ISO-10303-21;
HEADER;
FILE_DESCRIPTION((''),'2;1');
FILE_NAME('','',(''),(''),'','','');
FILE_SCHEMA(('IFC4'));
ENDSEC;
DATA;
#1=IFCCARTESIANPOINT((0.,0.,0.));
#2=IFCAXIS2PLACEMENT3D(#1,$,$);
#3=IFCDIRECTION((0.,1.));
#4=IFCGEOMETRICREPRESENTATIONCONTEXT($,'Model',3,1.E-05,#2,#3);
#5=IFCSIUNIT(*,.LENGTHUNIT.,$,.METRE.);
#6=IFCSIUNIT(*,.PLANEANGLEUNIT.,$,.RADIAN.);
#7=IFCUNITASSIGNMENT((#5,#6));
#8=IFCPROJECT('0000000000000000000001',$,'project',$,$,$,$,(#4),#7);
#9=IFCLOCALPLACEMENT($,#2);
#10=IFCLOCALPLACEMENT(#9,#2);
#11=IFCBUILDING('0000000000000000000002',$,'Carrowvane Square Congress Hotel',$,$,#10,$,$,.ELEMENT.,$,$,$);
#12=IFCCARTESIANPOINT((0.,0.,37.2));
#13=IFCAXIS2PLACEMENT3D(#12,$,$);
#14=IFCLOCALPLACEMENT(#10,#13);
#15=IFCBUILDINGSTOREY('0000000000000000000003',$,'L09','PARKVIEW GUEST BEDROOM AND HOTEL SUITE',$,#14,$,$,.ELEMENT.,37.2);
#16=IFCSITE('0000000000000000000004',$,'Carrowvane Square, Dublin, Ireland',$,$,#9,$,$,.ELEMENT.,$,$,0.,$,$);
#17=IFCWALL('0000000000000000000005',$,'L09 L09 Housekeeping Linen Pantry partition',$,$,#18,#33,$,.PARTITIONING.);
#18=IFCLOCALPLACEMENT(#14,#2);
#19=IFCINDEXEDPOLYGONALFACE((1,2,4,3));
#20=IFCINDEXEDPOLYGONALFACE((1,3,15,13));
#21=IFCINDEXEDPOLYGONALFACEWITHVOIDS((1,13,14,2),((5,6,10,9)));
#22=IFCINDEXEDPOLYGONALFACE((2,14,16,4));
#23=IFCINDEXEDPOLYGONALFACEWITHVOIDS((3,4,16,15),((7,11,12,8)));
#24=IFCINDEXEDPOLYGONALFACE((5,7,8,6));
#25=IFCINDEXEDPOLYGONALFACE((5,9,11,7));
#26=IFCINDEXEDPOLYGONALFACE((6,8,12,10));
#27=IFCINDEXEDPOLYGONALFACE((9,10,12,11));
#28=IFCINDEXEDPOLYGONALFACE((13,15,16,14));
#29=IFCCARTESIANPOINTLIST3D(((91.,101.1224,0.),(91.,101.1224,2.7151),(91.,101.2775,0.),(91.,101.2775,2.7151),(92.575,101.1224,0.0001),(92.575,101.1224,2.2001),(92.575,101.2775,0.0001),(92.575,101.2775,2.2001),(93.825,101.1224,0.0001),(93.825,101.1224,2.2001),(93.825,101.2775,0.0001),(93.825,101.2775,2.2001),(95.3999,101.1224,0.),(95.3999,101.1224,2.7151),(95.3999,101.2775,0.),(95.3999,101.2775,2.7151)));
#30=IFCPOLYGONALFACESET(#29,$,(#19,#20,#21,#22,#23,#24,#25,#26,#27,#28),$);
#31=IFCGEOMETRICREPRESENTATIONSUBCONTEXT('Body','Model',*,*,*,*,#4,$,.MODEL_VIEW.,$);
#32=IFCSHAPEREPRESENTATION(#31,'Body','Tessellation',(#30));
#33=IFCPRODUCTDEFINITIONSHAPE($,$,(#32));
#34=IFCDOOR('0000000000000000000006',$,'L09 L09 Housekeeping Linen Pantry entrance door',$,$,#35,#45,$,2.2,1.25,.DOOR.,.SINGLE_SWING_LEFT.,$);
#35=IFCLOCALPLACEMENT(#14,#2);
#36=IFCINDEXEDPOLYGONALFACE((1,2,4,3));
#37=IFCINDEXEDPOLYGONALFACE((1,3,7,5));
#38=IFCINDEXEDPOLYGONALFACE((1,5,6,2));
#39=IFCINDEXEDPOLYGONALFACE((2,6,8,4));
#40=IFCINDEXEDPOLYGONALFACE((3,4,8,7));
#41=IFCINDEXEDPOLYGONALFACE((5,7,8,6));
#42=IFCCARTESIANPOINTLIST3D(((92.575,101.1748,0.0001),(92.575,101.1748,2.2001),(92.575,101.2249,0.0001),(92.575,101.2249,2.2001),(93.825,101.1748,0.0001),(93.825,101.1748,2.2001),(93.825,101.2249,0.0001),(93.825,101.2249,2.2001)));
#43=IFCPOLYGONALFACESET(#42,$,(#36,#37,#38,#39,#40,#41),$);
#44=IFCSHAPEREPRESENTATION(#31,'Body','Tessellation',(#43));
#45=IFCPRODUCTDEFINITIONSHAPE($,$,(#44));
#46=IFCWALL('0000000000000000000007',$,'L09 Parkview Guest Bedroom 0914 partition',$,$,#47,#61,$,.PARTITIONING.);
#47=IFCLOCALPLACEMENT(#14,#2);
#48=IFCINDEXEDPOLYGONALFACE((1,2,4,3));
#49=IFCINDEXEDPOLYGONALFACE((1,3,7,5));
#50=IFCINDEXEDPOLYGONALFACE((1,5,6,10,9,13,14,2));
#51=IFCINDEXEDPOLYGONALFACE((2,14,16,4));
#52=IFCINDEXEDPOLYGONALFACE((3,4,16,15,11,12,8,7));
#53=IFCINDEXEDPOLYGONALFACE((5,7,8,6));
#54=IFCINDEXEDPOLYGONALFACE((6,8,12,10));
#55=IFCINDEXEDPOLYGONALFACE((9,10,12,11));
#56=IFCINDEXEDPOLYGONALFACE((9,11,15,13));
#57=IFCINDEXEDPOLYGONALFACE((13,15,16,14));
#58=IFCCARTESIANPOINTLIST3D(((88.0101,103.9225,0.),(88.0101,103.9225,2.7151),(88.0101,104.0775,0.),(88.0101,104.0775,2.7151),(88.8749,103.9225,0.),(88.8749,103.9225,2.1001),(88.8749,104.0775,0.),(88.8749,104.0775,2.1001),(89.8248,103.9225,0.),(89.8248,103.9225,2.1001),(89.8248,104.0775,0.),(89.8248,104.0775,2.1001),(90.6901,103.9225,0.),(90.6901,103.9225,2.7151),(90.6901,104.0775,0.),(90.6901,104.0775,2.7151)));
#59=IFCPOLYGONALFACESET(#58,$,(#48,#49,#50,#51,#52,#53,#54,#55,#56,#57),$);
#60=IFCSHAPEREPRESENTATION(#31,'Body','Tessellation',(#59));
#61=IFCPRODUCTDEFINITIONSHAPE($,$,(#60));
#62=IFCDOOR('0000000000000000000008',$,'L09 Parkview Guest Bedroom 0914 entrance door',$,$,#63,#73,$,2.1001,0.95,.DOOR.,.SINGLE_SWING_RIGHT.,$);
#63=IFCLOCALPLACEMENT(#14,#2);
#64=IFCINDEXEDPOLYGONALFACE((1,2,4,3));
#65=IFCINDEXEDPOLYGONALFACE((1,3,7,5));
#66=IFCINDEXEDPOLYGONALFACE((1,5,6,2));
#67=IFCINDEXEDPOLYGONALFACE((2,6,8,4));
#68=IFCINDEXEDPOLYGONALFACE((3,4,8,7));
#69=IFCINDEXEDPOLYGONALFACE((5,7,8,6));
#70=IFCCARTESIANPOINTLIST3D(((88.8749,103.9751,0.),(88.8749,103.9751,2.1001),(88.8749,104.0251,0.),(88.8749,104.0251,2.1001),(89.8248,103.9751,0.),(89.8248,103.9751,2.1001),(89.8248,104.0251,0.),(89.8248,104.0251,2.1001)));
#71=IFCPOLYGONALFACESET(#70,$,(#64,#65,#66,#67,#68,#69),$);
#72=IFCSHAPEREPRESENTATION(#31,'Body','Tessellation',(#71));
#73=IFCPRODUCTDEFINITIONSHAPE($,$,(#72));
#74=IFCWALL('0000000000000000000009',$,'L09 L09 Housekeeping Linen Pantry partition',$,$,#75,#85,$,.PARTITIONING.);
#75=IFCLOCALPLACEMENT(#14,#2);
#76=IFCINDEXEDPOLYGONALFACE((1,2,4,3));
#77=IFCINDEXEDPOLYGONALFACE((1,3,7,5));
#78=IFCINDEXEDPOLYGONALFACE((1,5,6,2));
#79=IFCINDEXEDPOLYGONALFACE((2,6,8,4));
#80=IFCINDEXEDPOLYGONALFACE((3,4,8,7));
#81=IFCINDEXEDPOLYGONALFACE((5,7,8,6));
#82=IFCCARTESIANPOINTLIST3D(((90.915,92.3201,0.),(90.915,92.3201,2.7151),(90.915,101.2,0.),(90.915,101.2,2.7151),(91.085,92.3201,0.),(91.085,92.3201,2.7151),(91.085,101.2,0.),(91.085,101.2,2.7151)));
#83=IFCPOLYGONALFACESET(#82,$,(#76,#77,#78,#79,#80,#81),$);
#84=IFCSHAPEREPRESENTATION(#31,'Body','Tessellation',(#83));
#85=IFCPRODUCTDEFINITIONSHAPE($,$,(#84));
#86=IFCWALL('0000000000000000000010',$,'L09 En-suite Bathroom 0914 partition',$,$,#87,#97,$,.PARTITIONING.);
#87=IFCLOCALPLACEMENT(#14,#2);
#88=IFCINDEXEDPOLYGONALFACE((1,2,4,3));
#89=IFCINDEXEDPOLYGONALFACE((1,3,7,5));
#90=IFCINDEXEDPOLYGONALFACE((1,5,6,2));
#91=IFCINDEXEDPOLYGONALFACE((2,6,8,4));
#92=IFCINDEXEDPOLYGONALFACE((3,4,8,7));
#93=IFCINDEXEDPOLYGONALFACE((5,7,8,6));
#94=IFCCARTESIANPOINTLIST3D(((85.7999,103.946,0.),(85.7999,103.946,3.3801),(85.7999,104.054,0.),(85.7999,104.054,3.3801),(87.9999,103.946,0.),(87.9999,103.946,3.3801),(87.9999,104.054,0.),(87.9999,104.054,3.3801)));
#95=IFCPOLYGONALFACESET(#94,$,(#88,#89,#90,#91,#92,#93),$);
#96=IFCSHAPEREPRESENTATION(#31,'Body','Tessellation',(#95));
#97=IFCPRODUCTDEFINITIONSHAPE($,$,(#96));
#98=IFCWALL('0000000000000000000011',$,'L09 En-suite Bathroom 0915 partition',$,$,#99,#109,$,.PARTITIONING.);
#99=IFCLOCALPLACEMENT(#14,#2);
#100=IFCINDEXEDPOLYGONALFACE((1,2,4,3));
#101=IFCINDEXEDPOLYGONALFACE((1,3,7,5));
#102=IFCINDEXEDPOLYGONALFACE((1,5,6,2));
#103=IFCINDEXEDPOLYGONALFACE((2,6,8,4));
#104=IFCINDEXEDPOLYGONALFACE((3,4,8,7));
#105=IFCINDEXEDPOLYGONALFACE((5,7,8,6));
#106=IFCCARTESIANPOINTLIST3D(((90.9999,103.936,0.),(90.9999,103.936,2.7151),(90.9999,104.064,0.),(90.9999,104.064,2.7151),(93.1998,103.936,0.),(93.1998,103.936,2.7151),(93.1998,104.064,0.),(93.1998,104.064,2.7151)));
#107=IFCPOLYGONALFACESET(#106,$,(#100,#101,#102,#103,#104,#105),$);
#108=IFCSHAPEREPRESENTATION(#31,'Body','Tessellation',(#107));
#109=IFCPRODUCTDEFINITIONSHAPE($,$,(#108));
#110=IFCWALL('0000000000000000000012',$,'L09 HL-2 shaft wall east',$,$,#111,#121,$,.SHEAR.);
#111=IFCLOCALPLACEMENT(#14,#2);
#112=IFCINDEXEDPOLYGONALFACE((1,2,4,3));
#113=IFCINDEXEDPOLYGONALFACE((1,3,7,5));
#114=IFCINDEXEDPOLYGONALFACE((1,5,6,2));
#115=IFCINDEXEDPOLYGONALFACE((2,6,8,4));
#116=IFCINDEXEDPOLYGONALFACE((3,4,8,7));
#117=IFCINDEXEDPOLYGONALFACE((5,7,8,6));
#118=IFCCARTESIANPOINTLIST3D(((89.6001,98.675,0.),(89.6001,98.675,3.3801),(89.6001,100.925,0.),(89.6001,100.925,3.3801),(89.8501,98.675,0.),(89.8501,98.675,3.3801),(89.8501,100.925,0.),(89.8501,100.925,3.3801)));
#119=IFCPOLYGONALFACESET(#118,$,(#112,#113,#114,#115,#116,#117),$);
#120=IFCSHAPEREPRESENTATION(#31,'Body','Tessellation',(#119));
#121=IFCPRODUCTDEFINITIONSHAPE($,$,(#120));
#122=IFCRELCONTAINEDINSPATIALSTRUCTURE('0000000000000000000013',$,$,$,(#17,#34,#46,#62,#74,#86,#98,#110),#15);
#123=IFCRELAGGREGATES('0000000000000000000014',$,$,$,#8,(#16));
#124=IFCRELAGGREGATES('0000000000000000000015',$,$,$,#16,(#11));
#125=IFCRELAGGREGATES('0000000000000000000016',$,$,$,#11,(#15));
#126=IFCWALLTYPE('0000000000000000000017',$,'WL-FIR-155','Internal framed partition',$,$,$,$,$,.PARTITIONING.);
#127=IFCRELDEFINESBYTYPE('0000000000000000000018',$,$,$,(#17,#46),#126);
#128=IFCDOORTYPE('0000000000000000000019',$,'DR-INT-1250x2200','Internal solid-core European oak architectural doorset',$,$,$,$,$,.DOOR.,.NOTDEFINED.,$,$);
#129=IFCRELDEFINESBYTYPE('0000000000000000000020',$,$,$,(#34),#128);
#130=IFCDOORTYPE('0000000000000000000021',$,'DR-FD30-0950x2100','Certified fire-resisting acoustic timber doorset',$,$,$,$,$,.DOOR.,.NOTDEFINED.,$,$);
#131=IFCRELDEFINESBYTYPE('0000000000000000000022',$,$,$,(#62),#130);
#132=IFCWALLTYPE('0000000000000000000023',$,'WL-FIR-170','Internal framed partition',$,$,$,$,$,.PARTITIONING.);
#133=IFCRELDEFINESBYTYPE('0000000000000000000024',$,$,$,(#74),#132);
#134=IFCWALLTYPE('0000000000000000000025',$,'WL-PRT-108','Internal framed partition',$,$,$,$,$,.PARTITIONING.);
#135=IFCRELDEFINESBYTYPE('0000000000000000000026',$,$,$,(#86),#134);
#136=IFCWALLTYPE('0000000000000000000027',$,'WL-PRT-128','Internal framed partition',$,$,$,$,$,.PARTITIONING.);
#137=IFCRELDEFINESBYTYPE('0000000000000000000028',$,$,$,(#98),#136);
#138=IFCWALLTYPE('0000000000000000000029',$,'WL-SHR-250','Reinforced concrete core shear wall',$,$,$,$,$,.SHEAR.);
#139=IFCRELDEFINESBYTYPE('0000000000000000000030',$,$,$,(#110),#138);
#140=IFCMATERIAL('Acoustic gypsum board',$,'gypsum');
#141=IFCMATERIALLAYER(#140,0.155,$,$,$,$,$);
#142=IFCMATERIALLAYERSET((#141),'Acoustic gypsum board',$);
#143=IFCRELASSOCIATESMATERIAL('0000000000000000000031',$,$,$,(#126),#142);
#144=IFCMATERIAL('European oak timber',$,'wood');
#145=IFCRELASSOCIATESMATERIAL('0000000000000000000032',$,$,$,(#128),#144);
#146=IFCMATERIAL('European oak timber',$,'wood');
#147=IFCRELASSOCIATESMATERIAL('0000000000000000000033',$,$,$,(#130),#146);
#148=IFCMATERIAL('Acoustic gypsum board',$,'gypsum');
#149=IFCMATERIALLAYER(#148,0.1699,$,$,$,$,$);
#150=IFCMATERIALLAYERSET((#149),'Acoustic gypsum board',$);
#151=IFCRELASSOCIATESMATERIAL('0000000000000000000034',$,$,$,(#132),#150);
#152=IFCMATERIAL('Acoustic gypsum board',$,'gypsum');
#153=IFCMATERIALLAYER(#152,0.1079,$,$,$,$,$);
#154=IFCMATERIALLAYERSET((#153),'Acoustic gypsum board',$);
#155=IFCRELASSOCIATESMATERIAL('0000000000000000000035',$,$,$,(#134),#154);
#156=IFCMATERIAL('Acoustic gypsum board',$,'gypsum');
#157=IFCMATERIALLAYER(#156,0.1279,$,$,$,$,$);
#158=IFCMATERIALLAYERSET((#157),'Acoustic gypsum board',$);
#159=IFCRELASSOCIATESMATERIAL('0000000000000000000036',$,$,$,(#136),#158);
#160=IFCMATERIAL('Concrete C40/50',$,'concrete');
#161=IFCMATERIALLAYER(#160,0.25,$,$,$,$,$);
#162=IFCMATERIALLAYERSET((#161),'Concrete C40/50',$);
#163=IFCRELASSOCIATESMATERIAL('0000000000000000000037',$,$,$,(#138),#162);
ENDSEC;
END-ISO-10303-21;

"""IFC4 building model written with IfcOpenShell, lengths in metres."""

from ifc_helpers import new_model, si_unit, direction, frame, frame_2d, origin, place, context, subcontext, project, spatial, rectangle, extrude, material, layer, layer_set, type_object, element, fill, save


model = new_model("IFC4")

# Units and contexts
model_context = context("Model", 3, precision=1e-05, world=origin(), true_north=direction((0.0, 1.0)))
body_context = subcontext(model_context, "Body", "Model", "MODEL_VIEW")
ifc_project = project(units=[si_unit("LENGTHUNIT", "METRE"), si_unit("PLANEANGLEUNIT", "RADIAN")], contexts=[model_context])

# Site, building, storey
site_placement = place(None, origin())
site = spatial("IfcSite", under=ifc_project, at=site_placement, Name="Carrowvane Square, Dublin, Ireland", CompositionType="ELEMENT", RefElevation=0.0)
building_placement = place(site_placement, origin())
building = spatial("IfcBuilding", under=site, at=building_placement, Name="Carrowvane Square Congress Hotel", CompositionType="ELEMENT")
storey_placement = place(building_placement, frame((0.0, 0.0, 37.2)))
storey = spatial("IfcBuildingStorey", under=building, at=storey_placement, Name="L09", Description="PARKVIEW GUEST BEDROOM AND HOTEL SUITE", CompositionType="ELEMENT", Elevation=37.2)

# Walls, openings, doors
ifc_material_1 = material(Name="Acoustic gypsum board", Category="gypsum")
ifc_layer_1 = layer(ifc_material_1, 0.155)
ifc_layer_set_1 = layer_set([ifc_layer_1], Name="Acoustic gypsum board")
wall_type_1 = type_object("IfcWallType", Name="WL-FIR-155", Description="Internal framed partition", PredefinedType="PARTITIONING", material=ifc_layer_set_1)
wall_1_placement = place(storey_placement, frame((91.0, 101.2, 0.0), z_axis=(0.0, 0.0, 1.0), x_axis=(1.0, 0.0, 0.0)))
wall_1 = element("IfcWall", 1, at=wall_1_placement, inside=storey, type_object=wall_type_1, Name="L09 L09 Housekeeping Linen Pantry partition", PredefinedType="PARTITIONING", context=body_context, shape_type="SweptSolid", body=[
    extrude(rectangle(XDim=4.3999, YDim=0.155, at=frame_2d((2.2, 0.0))), origin(), (0.0, 0.0, 1.0), 2.7151),
])
opening_1_placement = place(wall_1_placement, frame((1.575, 0.0, 0.0)))
opening_1 = element("IfcOpeningElement", 2, at=opening_1_placement, cuts=wall_1, PredefinedType="OPENING", context=body_context, shape_type="SweptSolid", body=[
    extrude(rectangle(XDim=1.25, YDim=2.2, at=frame_2d((0.625, 1.1001))), frame((0.0, 0.0874, 0.0), z_axis=(0.0, -1.0, 0.0), x_axis=(1.0, 0.0, 0.0)), (0.0, 0.0, 1.0), 0.175),
])
ifc_material_2 = material(Name="European oak timber", Category="wood")
door_type_1 = type_object("IfcDoorType", Name="DR-INT-1250x2200", Description="Internal solid-core European oak architectural doorset", OperationType="NOTDEFINED", PredefinedType="DOOR", material=ifc_material_2)
door_1_placement = place(opening_1_placement, origin())
door_1 = element("IfcDoor", 3, at=door_1_placement, inside=storey, type_object=door_type_1, Name="L09 L09 Housekeeping Linen Pantry entrance door", OperationType="SINGLE_SWING_LEFT", OverallHeight=2.2, OverallWidth=1.25, PredefinedType="DOOR", context=body_context, shape_type="SweptSolid", body=[
    extrude(rectangle(XDim=1.25, YDim=2.2, at=frame_2d((0.625, 1.1001))), frame((0.0, 0.0249, 0.0), z_axis=(0.0, -1.0, 0.0), x_axis=(1.0, 0.0, 0.0)), (0.0, 0.0, 1.0), 0.05),
])
fill(opening_1, door_1)
wall_2_placement = place(storey_placement, frame((90.6899, 104.0, 0.0), z_axis=(0.0, 0.0, 1.0), x_axis=(-1.0, 0.0, 0.0)))
wall_2 = element("IfcWall", 4, at=wall_2_placement, inside=storey, type_object=wall_type_1, Name="L09 Parkview Guest Bedroom 0914 partition", PredefinedType="PARTITIONING", context=body_context, shape_type="SweptSolid", body=[
    extrude(rectangle(XDim=2.6799, YDim=0.155, at=frame_2d((1.3398, 0.0))), origin(), (0.0, 0.0, 1.0), 2.7151),
])
opening_2_placement = place(wall_2_placement, frame((0.865, 0.0, 0.0)))
opening_2 = element("IfcOpeningElement", 5, at=opening_2_placement, cuts=wall_2, PredefinedType="OPENING", context=body_context, shape_type="SweptSolid", body=[
    extrude(rectangle(XDim=0.95, YDim=2.1001, at=frame_2d((0.4751, 1.05))), frame((0.0, 0.0874, 0.0), z_axis=(0.0, -1.0, 0.0), x_axis=(1.0, 0.0, 0.0)), (0.0, 0.0, 1.0), 0.175),
])
ifc_material_3 = material(Name="European oak timber", Category="wood")
door_type_2 = type_object("IfcDoorType", Name="DR-FD30-0950x2100", Description="Certified fire-resisting acoustic timber doorset", OperationType="NOTDEFINED", PredefinedType="DOOR", material=ifc_material_3)
door_2_placement = place(opening_2_placement, origin())
door_2 = element("IfcDoor", 6, at=door_2_placement, inside=storey, type_object=door_type_2, Name="L09 Parkview Guest Bedroom 0914 entrance door", OperationType="SINGLE_SWING_RIGHT", OverallHeight=2.1001, OverallWidth=0.95, PredefinedType="DOOR", context=body_context, shape_type="SweptSolid", body=[
    extrude(rectangle(XDim=0.95, YDim=2.1001, at=frame_2d((0.4751, 1.05))), frame((0.0, 0.0249, 0.0), z_axis=(0.0, -1.0, 0.0), x_axis=(1.0, 0.0, 0.0)), (0.0, 0.0, 1.0), 0.05),
])
fill(opening_2, door_2)

# Walls
ifc_material_4 = material(Name="Acoustic gypsum board", Category="gypsum")
ifc_layer_2 = layer(ifc_material_4, 0.1699)
ifc_layer_set_2 = layer_set([ifc_layer_2], Name="Acoustic gypsum board")
wall_type_2 = type_object("IfcWallType", Name="WL-FIR-170", Description="Internal framed partition", PredefinedType="PARTITIONING", material=ifc_layer_set_2)
wall_3_placement = place(storey_placement, frame((91.0, 92.3201, 0.0), z_axis=(0.0, 0.0, 1.0), x_axis=(0.0, 1.0, 0.0)))
element("IfcWall", 7, at=wall_3_placement, inside=storey, type_object=wall_type_2, Name="L09 L09 Housekeeping Linen Pantry partition", PredefinedType="PARTITIONING", context=body_context, shape_type="SweptSolid", body=[
    extrude(rectangle(XDim=8.8799, YDim=0.1699, at=frame_2d((4.4399, 0.0))), origin(), (0.0, 0.0, 1.0), 2.7151),
])
ifc_material_5 = material(Name="Acoustic gypsum board", Category="gypsum")
ifc_layer_3 = layer(ifc_material_5, 0.1079)
ifc_layer_set_3 = layer_set([ifc_layer_3], Name="Acoustic gypsum board")
wall_type_3 = type_object("IfcWallType", Name="WL-PRT-108", Description="Internal framed partition", PredefinedType="PARTITIONING", material=ifc_layer_set_3)
wall_4_placement = place(storey_placement, frame((88.0, 104.0, 0.0), z_axis=(0.0, 0.0, 1.0), x_axis=(-1.0, 0.0, 0.0)))
element("IfcWall", 8, at=wall_4_placement, inside=storey, type_object=wall_type_3, Name="L09 En-suite Bathroom 0914 partition", PredefinedType="PARTITIONING", context=body_context, shape_type="SweptSolid", body=[
    extrude(rectangle(XDim=2.2, YDim=0.1079, at=frame_2d((1.1001, 0.0))), origin(), (0.0, 0.0, 1.0), 3.3801),
])
ifc_material_6 = material(Name="Acoustic gypsum board", Category="gypsum")
ifc_layer_4 = layer(ifc_material_6, 0.1279)
ifc_layer_set_4 = layer_set([ifc_layer_4], Name="Acoustic gypsum board")
wall_type_4 = type_object("IfcWallType", Name="WL-PRT-128", Description="Internal framed partition", PredefinedType="PARTITIONING", material=ifc_layer_set_4)
wall_5_placement = place(storey_placement, frame((93.2, 104.0, 0.0), z_axis=(0.0, 0.0, 1.0), x_axis=(-1.0, 0.0, 0.0)))
element("IfcWall", 9, at=wall_5_placement, inside=storey, type_object=wall_type_4, Name="L09 En-suite Bathroom 0915 partition", PredefinedType="PARTITIONING", context=body_context, shape_type="SweptSolid", body=[
    extrude(rectangle(XDim=2.2, YDim=0.1279, at=frame_2d((1.1001, 0.0))), origin(), (0.0, 0.0, 1.0), 2.7151),
])
ifc_material_7 = material(Name="Concrete C40/50", Category="concrete")
ifc_layer_5 = layer(ifc_material_7, 0.25)
ifc_layer_set_5 = layer_set([ifc_layer_5], Name="Concrete C40/50")
wall_type_5 = type_object("IfcWallType", Name="WL-SHR-250", Description="Reinforced concrete core shear wall", PredefinedType="SHEAR", material=ifc_layer_set_5)
wall_6_placement = place(storey_placement, frame((89.7251, 98.675, 0.0), z_axis=(0.0, 0.0, 1.0), x_axis=(0.0, 1.0, 0.0)))
element("IfcWall", 10, at=wall_6_placement, inside=storey, type_object=wall_type_5, Name="L09 HL-2 shaft wall east", PredefinedType="SHEAR", context=body_context, shape_type="SweptSolid", body=[
    extrude(rectangle(XDim=2.25, YDim=0.25, at=frame_2d((1.125, 0.0))), origin(), (0.0, 0.0, 1.0), 3.3801),
])

save(model, "model.ifc")
